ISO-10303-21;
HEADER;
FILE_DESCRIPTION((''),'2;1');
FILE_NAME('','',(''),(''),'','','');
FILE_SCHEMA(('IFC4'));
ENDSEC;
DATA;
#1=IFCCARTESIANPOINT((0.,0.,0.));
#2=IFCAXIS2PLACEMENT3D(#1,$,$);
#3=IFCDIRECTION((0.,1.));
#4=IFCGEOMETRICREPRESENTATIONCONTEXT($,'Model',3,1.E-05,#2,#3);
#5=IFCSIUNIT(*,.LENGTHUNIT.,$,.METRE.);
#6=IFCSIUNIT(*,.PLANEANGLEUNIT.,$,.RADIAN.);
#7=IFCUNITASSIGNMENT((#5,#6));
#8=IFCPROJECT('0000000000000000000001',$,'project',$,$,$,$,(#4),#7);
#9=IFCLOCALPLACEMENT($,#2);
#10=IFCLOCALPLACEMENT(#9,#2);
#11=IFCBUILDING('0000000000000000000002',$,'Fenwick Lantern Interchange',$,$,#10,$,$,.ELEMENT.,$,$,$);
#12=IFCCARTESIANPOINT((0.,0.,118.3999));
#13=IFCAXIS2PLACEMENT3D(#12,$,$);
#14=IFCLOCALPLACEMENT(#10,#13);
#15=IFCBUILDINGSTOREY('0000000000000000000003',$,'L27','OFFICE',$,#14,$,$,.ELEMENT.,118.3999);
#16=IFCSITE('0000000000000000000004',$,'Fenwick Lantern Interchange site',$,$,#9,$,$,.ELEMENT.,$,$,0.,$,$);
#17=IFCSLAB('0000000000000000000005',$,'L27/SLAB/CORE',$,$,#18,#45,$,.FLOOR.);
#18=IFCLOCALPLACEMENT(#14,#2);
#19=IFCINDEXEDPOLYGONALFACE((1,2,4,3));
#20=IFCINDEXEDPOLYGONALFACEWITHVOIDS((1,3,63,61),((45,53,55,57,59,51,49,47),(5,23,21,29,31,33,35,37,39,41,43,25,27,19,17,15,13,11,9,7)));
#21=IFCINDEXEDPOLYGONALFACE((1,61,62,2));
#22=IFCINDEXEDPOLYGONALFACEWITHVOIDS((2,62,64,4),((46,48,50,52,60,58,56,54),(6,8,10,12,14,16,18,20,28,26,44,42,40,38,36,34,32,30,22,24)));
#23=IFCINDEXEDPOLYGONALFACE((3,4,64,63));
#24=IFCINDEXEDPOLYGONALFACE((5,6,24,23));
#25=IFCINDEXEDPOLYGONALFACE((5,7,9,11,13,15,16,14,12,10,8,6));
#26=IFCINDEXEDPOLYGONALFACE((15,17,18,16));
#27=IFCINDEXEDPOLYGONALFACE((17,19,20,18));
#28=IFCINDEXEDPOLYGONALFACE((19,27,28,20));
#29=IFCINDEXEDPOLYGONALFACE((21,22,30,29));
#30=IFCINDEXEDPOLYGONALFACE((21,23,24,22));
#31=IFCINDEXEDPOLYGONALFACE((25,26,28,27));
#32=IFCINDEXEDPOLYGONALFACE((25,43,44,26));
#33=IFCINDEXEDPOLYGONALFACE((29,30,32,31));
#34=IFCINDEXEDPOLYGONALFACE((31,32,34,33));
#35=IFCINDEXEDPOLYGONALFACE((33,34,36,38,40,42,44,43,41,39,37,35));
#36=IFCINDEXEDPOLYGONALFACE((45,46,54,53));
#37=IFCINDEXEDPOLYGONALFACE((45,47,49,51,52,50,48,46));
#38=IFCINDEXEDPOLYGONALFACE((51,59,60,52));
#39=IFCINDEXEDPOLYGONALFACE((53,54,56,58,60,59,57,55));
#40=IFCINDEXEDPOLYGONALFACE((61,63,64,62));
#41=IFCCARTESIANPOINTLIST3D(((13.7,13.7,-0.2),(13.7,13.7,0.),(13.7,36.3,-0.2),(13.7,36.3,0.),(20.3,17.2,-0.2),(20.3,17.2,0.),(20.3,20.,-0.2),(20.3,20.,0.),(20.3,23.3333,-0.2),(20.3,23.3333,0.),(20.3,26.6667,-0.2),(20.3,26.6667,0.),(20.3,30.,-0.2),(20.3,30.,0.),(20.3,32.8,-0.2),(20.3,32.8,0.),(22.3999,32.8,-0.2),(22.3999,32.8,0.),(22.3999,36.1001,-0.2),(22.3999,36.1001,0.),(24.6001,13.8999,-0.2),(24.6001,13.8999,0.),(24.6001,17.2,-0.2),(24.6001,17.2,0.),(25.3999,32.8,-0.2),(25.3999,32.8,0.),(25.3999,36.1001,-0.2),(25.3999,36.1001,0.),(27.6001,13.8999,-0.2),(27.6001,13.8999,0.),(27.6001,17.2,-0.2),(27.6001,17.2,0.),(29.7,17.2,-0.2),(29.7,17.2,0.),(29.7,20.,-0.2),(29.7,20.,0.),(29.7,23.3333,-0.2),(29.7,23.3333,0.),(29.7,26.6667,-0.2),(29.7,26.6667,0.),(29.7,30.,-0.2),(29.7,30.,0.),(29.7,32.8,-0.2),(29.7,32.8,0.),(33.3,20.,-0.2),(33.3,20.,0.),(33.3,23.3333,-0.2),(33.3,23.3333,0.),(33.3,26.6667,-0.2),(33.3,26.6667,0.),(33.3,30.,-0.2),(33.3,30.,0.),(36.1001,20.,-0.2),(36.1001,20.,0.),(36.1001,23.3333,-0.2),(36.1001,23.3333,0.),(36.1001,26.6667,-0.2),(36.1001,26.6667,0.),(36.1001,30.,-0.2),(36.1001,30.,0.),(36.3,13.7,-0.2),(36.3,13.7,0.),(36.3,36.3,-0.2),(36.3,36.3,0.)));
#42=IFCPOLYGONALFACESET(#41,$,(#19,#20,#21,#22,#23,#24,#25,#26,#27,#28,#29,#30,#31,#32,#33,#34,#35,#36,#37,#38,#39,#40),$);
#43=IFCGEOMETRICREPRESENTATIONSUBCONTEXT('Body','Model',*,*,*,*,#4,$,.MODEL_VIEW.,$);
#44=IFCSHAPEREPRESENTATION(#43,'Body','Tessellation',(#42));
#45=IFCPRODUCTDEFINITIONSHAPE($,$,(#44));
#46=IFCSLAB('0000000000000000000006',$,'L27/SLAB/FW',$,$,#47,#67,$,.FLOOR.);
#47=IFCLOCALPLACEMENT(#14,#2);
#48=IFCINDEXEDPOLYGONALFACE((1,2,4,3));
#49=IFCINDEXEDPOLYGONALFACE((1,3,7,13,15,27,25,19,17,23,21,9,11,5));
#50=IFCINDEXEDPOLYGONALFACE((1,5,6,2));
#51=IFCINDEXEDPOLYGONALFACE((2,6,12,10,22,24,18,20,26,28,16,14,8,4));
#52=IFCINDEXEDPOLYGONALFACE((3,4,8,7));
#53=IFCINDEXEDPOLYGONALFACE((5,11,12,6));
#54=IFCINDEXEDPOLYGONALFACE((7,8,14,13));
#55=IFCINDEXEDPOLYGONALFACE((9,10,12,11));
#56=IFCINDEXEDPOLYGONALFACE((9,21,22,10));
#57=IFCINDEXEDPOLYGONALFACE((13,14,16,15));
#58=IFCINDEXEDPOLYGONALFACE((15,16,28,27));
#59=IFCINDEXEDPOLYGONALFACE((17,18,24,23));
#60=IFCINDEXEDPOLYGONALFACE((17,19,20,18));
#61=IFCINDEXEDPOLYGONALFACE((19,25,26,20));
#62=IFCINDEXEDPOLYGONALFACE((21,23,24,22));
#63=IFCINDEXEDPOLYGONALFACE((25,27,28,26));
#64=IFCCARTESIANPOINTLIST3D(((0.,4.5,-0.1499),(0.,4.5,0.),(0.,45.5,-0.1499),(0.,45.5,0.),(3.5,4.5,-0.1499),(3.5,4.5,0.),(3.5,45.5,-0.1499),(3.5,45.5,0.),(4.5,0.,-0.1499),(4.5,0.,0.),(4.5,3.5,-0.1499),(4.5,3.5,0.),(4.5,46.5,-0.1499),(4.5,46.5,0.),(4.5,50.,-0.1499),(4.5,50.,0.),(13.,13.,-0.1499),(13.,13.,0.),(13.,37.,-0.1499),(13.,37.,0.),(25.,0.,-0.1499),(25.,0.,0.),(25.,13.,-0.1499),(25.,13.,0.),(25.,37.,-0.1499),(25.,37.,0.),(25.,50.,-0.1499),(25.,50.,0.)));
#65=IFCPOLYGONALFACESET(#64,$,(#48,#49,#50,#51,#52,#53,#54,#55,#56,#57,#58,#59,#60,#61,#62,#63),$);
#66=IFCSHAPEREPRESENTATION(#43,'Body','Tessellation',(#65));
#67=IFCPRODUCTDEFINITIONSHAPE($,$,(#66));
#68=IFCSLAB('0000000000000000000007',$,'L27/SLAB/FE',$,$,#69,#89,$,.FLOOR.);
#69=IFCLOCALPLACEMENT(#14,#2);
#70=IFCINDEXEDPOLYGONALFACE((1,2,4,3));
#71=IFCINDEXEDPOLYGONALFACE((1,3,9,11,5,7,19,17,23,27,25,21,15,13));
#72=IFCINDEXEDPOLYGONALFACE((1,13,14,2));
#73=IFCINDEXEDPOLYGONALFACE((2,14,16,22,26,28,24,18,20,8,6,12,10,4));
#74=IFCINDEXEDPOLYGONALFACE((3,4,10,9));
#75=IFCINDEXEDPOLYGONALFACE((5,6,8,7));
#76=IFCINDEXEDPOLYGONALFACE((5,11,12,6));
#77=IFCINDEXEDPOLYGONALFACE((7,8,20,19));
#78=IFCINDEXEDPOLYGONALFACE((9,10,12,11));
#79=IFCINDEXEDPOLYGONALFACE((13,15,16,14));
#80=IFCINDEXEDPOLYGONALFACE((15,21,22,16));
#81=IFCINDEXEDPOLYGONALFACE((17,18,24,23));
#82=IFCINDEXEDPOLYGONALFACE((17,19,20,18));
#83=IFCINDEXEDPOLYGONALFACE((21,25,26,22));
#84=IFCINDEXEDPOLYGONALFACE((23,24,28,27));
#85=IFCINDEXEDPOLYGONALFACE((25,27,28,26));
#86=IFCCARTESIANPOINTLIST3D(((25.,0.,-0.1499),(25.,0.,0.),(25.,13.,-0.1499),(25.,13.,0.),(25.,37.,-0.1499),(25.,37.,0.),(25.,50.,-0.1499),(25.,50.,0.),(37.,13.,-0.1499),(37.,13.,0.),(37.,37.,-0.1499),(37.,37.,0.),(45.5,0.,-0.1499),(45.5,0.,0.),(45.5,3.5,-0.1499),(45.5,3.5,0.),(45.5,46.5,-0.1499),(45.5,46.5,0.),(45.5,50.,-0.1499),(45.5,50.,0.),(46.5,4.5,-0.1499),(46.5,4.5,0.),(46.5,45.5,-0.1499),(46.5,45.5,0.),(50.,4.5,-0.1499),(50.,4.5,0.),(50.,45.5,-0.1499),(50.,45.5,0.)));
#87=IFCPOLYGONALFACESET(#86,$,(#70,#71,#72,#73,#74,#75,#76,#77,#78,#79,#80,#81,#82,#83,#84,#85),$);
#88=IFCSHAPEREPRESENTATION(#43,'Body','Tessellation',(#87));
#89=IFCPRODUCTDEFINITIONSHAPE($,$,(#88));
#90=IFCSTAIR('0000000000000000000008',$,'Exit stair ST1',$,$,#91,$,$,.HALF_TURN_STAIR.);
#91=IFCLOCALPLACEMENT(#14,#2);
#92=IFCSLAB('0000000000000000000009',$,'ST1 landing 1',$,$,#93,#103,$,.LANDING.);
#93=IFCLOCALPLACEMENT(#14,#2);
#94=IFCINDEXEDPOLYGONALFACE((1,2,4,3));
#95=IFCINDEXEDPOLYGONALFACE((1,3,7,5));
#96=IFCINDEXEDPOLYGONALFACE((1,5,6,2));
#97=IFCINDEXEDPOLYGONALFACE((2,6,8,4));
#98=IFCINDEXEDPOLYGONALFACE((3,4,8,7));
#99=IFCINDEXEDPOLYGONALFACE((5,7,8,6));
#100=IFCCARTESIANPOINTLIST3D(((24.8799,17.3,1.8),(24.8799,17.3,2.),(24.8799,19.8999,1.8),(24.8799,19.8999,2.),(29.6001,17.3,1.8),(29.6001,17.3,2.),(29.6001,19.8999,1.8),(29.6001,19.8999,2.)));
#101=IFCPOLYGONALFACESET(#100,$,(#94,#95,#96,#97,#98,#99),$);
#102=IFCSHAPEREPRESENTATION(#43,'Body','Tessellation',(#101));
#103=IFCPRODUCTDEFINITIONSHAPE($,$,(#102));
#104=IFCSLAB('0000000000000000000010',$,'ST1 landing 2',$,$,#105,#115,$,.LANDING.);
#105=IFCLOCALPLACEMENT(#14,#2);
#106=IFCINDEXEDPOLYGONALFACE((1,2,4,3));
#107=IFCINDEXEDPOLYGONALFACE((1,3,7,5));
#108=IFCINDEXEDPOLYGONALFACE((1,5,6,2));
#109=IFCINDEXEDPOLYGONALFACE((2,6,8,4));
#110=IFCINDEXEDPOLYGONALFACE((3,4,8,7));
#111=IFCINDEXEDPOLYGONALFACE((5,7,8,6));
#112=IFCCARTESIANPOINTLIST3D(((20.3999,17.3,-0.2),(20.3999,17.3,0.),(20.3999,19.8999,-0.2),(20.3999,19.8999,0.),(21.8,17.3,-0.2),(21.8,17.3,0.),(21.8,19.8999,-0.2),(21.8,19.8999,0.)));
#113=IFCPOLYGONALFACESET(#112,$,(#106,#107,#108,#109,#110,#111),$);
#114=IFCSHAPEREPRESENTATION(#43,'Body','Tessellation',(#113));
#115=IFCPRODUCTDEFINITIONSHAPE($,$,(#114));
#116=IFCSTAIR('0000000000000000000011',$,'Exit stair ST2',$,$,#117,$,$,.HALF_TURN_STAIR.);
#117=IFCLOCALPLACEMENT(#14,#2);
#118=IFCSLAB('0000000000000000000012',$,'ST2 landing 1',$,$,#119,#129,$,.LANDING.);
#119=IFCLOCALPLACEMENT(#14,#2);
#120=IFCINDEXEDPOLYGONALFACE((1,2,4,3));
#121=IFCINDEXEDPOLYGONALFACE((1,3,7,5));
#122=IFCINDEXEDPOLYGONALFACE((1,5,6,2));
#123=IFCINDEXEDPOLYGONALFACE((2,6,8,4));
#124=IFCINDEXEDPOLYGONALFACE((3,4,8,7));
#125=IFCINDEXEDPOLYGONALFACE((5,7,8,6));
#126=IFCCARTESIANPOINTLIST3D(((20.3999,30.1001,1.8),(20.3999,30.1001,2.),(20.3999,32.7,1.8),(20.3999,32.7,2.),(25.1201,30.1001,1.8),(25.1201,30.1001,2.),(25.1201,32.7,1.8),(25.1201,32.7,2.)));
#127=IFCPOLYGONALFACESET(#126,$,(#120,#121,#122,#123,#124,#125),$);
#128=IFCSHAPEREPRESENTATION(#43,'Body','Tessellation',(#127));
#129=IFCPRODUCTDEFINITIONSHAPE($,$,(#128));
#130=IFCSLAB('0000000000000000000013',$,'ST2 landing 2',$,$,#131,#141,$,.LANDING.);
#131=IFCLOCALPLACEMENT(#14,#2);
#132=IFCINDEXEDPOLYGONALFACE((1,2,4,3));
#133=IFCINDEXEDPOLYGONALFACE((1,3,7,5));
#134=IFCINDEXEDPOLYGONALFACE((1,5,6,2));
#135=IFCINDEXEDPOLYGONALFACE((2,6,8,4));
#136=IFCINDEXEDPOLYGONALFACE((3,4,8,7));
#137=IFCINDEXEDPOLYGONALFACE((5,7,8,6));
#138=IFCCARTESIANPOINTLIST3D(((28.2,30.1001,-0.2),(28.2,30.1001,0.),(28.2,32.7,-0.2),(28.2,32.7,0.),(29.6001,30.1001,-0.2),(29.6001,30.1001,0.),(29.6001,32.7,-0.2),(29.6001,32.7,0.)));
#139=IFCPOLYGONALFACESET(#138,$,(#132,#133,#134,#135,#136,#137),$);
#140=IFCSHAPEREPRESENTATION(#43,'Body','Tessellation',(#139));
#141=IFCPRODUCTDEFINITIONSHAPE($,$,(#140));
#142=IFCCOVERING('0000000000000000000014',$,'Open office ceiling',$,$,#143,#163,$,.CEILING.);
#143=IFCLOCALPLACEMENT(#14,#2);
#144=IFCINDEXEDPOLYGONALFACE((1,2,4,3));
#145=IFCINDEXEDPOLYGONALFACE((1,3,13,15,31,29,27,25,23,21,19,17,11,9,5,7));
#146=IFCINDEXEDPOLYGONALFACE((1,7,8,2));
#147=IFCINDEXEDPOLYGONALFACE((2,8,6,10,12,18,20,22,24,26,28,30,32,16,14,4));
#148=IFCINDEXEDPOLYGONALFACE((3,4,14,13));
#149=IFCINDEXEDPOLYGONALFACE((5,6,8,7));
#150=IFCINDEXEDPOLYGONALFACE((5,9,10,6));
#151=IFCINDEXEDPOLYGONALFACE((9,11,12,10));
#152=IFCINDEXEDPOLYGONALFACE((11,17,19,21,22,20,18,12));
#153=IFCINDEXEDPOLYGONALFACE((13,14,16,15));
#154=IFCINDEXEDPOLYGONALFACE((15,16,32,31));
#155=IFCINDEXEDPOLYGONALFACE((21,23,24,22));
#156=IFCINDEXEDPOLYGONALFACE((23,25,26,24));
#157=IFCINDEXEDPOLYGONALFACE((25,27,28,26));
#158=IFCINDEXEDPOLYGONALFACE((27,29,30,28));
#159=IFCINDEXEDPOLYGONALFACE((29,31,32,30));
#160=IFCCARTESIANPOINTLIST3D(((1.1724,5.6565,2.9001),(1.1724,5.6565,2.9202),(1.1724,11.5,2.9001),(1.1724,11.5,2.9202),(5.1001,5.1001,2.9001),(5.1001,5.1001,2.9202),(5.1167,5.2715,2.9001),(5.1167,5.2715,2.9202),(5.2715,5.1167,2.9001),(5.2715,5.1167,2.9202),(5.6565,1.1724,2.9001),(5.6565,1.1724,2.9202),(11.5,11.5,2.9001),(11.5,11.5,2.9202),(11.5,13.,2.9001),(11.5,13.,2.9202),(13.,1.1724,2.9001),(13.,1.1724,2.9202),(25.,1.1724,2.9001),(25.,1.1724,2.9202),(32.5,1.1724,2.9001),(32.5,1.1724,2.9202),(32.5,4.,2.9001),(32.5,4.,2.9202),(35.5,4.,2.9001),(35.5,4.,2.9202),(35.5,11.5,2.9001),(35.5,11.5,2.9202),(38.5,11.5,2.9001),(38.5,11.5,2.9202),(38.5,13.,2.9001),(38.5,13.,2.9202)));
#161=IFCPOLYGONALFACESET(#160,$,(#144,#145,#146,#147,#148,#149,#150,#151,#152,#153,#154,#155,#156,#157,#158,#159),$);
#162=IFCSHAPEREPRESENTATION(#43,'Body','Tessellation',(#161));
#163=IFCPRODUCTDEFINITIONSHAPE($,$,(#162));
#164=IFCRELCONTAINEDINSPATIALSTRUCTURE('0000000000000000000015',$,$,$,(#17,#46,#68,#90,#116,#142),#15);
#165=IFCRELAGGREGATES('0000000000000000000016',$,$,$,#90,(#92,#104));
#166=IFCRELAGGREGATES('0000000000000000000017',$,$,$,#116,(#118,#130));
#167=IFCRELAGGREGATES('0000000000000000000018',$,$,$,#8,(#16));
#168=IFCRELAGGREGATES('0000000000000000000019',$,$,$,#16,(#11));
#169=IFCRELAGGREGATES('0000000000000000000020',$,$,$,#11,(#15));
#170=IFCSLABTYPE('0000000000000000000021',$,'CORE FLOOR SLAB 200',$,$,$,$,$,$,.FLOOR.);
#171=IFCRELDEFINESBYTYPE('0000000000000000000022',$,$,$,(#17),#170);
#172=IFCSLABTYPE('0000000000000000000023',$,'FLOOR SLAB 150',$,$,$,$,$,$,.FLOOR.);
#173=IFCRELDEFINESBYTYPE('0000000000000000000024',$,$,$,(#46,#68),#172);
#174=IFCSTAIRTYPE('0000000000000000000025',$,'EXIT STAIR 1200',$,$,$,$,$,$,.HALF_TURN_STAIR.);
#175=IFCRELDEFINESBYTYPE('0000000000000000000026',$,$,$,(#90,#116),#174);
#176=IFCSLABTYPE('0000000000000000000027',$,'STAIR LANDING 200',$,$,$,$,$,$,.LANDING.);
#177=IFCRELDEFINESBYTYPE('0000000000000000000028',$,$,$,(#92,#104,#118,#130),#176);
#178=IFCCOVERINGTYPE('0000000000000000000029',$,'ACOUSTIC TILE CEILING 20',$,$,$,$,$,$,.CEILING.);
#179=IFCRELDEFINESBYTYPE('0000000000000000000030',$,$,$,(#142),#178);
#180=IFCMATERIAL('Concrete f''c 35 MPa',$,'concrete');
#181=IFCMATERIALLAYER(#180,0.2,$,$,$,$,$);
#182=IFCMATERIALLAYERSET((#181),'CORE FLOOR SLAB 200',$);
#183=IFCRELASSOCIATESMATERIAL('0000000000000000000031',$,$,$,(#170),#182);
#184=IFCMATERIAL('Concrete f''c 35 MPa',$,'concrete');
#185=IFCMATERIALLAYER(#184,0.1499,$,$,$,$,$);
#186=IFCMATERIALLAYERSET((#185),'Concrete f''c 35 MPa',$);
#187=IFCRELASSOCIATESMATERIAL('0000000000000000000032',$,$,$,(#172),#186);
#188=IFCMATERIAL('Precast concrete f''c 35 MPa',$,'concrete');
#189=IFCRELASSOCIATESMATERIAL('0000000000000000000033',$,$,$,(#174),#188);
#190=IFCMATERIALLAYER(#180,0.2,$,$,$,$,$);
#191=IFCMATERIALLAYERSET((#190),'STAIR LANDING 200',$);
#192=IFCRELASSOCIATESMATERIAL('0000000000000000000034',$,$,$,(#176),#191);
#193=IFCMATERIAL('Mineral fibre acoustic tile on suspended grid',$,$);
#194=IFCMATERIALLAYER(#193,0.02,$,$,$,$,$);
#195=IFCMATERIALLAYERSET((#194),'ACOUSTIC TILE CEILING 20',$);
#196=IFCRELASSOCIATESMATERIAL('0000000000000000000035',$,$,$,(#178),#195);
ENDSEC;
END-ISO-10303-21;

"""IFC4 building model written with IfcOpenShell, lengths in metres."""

from ifc_helpers import new_model, si_unit, direction, frame, origin, place, context, subcontext, project, spatial, polyline, outline, extrude, material, layer, layer_set, type_object, element, aggregate, save


model = new_model("IFC4")

# Units and contexts
model_context = context("Model", 3, precision=1e-05, world=origin(), true_north=direction((0.0, 1.0)))
body_context = subcontext(model_context, "Body", "Model", "MODEL_VIEW")
ifc_project = project(units=[si_unit("LENGTHUNIT", "METRE"), si_unit("PLANEANGLEUNIT", "RADIAN")], contexts=[model_context])

# Site, building, storey
site_placement = place(None, origin())
site = spatial("IfcSite", under=ifc_project, at=site_placement, Name="Fenwick Lantern Interchange site", CompositionType="ELEMENT", RefElevation=0.0)
building_placement = place(site_placement, origin())
building = spatial("IfcBuilding", under=site, at=building_placement, Name="Fenwick Lantern Interchange", CompositionType="ELEMENT")
storey_placement = place(building_placement, frame((0.0, 0.0, 118.3999)))
storey = spatial("IfcBuildingStorey", under=building, at=storey_placement, Name="L27", Description="OFFICE", CompositionType="ELEMENT", Elevation=118.3999)

# Slabs
ifc_material_1 = material(Name="Concrete f'c 35 MPa", Category="concrete")
ifc_layer_1 = layer(ifc_material_1, 0.2)
ifc_layer_set_1 = layer_set([ifc_layer_1], Name="CORE FLOOR SLAB 200")
slab_type_1 = type_object("IfcSlabType", Name="CORE FLOOR SLAB 200", PredefinedType="FLOOR", material=ifc_layer_set_1)
slab_1_placement = place(storey_placement, frame((0.0, 0.0, -0.2)))
element("IfcSlab", 1, at=slab_1_placement, inside=storey, type_object=slab_type_1, Name="L27/SLAB/CORE", PredefinedType="FLOOR", context=body_context, shape_type="SweptSolid", body=[
    extrude(outline(polyline([(13.7, 36.3), (36.3, 36.3), (36.3, 13.7), (13.7, 13.7), (13.7, 36.3)]), holes=[polyline([(29.7, 17.2), (29.7, 20.0), (29.7, 23.3333), (29.7, 26.6667), (29.7, 30.0), (29.7, 32.8), (25.3999, 32.8), (25.3999, 36.1001), (22.3999, 36.1001), (22.3999, 32.8), (20.3, 32.8), (20.3, 30.0), (20.3, 26.6667), (20.3, 23.3333), (20.3, 20.0), (20.3, 17.2), (24.6001, 17.2), (24.6001, 13.8999), (27.6001, 13.8999), (27.6001, 17.2), (29.7, 17.2)]), polyline([(33.3, 23.3333), (33.3, 20.0), (36.1001, 20.0), (36.1001, 23.3333), (36.1001, 26.6667), (36.1001, 30.0), (33.3, 30.0), (33.3, 26.6667), (33.3, 23.3333)])]), origin(), (0.0, 0.0, 1.0), 0.2),
])
ifc_material_2 = material(Name="Concrete f'c 35 MPa", Category="concrete")
ifc_layer_2 = layer(ifc_material_2, 0.1499)
ifc_layer_set_2 = layer_set([ifc_layer_2], Name="Concrete f'c 35 MPa")
slab_type_2 = type_object("IfcSlabType", Name="FLOOR SLAB 150", PredefinedType="FLOOR", material=ifc_layer_set_2)
slab_2_placement = place(storey_placement, frame((0.0, 0.0, -0.1499)))
element("IfcSlab", 2, at=slab_2_placement, inside=storey, type_object=slab_type_2, Name="L27/SLAB/FW", PredefinedType="FLOOR", context=body_context, shape_type="SweptSolid", body=[
    extrude(outline(polyline([(4.5, 0.0), (4.5, 3.5), (3.5, 4.5), (0.0, 4.5), (0.0, 45.5), (3.5, 45.5), (4.5, 46.5), (4.5, 50.0), (25.0, 50.0), (25.0, 37.0), (13.0, 37.0), (13.0, 13.0), (25.0, 13.0), (25.0, 0.0), (4.5, 0.0)])), origin(), (0.0, 0.0, 1.0), 0.1499),
])
slab_3_placement = place(storey_placement, frame((0.0, 0.0, -0.1499)))
element("IfcSlab", 3, at=slab_3_placement, inside=storey, type_object=slab_type_2, Name="L27/SLAB/FE", PredefinedType="FLOOR", context=body_context, shape_type="SweptSolid", body=[
    extrude(outline(polyline([(45.5, 50.0), (45.5, 46.5), (46.5, 45.5), (50.0, 45.5), (50.0, 4.5), (46.5, 4.5), (45.5, 3.5), (45.5, 0.0), (25.0, 0.0), (25.0, 13.0), (37.0, 13.0), (37.0, 37.0), (25.0, 37.0), (25.0, 50.0), (45.5, 50.0)])), origin(), (0.0, 0.0, 1.0), 0.1499),
])

# Stairs, slabs
ifc_material_3 = material(Name="Precast concrete f'c 35 MPa", Category="concrete")
stair_type = type_object("IfcStairType", Name="EXIT STAIR 1200", PredefinedType="HALF_TURN_STAIR", material=ifc_material_3)
stair_1_placement = place(storey_placement, origin())
stair_1 = element("IfcStair", 4, at=stair_1_placement, inside=storey, type_object=stair_type, Name="Exit stair ST1", PredefinedType="HALF_TURN_STAIR")
ifc_layer_3 = layer(ifc_material_1, 0.2)
ifc_layer_set_3 = layer_set([ifc_layer_3], Name="STAIR LANDING 200")
slab_type_3 = type_object("IfcSlabType", Name="STAIR LANDING 200", PredefinedType="LANDING", material=ifc_layer_set_3)
slab_4_placement = place(storey_placement, frame((0.0, 0.0, 1.8)))
slab_4 = element("IfcSlab", 5, at=slab_4_placement, type_object=slab_type_3, Name="ST1 landing 1", PredefinedType="LANDING", context=body_context, shape_type="SweptSolid", body=[
    extrude(outline(polyline([(24.8799, 17.3), (29.6001, 17.3), (29.6001, 19.8999), (24.8799, 19.8999), (24.8799, 17.3)])), origin(), (0.0, 0.0, 1.0), 0.2),
])
slab_5_placement = place(storey_placement, frame((0.0, 0.0, -0.2)))
slab_5 = element("IfcSlab", 6, at=slab_5_placement, type_object=slab_type_3, Name="ST1 landing 2", PredefinedType="LANDING", context=body_context, shape_type="SweptSolid", body=[
    extrude(outline(polyline([(20.3999, 17.3), (21.8, 17.3), (21.8, 19.8999), (20.3999, 19.8999), (20.3999, 17.3)])), origin(), (0.0, 0.0, 1.0), 0.2),
])
aggregate(stair_1, [slab_4, slab_5])
stair_2_placement = place(storey_placement, origin())
stair_2 = element("IfcStair", 7, at=stair_2_placement, inside=storey, type_object=stair_type, Name="Exit stair ST2", PredefinedType="HALF_TURN_STAIR")
slab_6_placement = place(storey_placement, frame((0.0, 0.0, 1.8)))
slab_6 = element("IfcSlab", 8, at=slab_6_placement, type_object=slab_type_3, Name="ST2 landing 1", PredefinedType="LANDING", context=body_context, shape_type="SweptSolid", body=[
    extrude(outline(polyline([(25.1201, 32.7), (20.3999, 32.7), (20.3999, 30.1001), (25.1201, 30.1001), (25.1201, 32.7)])), origin(), (0.0, 0.0, 1.0), 0.2),
])
slab_7_placement = place(storey_placement, frame((0.0, 0.0, -0.2)))
slab_7 = element("IfcSlab", 9, at=slab_7_placement, type_object=slab_type_3, Name="ST2 landing 2", PredefinedType="LANDING", context=body_context, shape_type="SweptSolid", body=[
    extrude(outline(polyline([(29.6001, 32.7), (28.2, 32.7), (28.2, 30.1001), (29.6001, 30.1001), (29.6001, 32.7)])), origin(), (0.0, 0.0, 1.0), 0.2),
])
aggregate(stair_2, [slab_6, slab_7])

# Covering
ifc_material_4 = material(Name="Mineral fibre acoustic tile on suspended grid")
ifc_layer_4 = layer(ifc_material_4, 0.02)
ifc_layer_set_4 = layer_set([ifc_layer_4], Name="ACOUSTIC TILE CEILING 20")
covering_type_1 = type_object("IfcCoveringType", Name="ACOUSTIC TILE CEILING 20", PredefinedType="CEILING", material=ifc_layer_set_4)
covering_1_placement = place(storey_placement, frame((0.0, 0.0, 2.9001)))
element("IfcCovering", 10, at=covering_1_placement, inside=storey, type_object=covering_type_1, Name="Open office ceiling", PredefinedType="CEILING", context=body_context, shape_type="SweptSolid", body=[
    extrude(outline(polyline([(11.5, 11.5), (1.1724, 11.5), (1.1724, 5.6565), (5.1167, 5.2715), (5.1001, 5.1001), (5.2715, 5.1167), (5.6565, 1.1724), (13.0, 1.1724), (25.0, 1.1724), (32.5, 1.1724), (32.5, 4.0), (35.5, 4.0), (35.5, 11.5), (38.5, 11.5), (38.5, 13.0), (11.5, 13.0), (11.5, 11.5)])), origin(), (0.0, 0.0, 1.0), 0.02),
])

save(model, "model.ifc")
